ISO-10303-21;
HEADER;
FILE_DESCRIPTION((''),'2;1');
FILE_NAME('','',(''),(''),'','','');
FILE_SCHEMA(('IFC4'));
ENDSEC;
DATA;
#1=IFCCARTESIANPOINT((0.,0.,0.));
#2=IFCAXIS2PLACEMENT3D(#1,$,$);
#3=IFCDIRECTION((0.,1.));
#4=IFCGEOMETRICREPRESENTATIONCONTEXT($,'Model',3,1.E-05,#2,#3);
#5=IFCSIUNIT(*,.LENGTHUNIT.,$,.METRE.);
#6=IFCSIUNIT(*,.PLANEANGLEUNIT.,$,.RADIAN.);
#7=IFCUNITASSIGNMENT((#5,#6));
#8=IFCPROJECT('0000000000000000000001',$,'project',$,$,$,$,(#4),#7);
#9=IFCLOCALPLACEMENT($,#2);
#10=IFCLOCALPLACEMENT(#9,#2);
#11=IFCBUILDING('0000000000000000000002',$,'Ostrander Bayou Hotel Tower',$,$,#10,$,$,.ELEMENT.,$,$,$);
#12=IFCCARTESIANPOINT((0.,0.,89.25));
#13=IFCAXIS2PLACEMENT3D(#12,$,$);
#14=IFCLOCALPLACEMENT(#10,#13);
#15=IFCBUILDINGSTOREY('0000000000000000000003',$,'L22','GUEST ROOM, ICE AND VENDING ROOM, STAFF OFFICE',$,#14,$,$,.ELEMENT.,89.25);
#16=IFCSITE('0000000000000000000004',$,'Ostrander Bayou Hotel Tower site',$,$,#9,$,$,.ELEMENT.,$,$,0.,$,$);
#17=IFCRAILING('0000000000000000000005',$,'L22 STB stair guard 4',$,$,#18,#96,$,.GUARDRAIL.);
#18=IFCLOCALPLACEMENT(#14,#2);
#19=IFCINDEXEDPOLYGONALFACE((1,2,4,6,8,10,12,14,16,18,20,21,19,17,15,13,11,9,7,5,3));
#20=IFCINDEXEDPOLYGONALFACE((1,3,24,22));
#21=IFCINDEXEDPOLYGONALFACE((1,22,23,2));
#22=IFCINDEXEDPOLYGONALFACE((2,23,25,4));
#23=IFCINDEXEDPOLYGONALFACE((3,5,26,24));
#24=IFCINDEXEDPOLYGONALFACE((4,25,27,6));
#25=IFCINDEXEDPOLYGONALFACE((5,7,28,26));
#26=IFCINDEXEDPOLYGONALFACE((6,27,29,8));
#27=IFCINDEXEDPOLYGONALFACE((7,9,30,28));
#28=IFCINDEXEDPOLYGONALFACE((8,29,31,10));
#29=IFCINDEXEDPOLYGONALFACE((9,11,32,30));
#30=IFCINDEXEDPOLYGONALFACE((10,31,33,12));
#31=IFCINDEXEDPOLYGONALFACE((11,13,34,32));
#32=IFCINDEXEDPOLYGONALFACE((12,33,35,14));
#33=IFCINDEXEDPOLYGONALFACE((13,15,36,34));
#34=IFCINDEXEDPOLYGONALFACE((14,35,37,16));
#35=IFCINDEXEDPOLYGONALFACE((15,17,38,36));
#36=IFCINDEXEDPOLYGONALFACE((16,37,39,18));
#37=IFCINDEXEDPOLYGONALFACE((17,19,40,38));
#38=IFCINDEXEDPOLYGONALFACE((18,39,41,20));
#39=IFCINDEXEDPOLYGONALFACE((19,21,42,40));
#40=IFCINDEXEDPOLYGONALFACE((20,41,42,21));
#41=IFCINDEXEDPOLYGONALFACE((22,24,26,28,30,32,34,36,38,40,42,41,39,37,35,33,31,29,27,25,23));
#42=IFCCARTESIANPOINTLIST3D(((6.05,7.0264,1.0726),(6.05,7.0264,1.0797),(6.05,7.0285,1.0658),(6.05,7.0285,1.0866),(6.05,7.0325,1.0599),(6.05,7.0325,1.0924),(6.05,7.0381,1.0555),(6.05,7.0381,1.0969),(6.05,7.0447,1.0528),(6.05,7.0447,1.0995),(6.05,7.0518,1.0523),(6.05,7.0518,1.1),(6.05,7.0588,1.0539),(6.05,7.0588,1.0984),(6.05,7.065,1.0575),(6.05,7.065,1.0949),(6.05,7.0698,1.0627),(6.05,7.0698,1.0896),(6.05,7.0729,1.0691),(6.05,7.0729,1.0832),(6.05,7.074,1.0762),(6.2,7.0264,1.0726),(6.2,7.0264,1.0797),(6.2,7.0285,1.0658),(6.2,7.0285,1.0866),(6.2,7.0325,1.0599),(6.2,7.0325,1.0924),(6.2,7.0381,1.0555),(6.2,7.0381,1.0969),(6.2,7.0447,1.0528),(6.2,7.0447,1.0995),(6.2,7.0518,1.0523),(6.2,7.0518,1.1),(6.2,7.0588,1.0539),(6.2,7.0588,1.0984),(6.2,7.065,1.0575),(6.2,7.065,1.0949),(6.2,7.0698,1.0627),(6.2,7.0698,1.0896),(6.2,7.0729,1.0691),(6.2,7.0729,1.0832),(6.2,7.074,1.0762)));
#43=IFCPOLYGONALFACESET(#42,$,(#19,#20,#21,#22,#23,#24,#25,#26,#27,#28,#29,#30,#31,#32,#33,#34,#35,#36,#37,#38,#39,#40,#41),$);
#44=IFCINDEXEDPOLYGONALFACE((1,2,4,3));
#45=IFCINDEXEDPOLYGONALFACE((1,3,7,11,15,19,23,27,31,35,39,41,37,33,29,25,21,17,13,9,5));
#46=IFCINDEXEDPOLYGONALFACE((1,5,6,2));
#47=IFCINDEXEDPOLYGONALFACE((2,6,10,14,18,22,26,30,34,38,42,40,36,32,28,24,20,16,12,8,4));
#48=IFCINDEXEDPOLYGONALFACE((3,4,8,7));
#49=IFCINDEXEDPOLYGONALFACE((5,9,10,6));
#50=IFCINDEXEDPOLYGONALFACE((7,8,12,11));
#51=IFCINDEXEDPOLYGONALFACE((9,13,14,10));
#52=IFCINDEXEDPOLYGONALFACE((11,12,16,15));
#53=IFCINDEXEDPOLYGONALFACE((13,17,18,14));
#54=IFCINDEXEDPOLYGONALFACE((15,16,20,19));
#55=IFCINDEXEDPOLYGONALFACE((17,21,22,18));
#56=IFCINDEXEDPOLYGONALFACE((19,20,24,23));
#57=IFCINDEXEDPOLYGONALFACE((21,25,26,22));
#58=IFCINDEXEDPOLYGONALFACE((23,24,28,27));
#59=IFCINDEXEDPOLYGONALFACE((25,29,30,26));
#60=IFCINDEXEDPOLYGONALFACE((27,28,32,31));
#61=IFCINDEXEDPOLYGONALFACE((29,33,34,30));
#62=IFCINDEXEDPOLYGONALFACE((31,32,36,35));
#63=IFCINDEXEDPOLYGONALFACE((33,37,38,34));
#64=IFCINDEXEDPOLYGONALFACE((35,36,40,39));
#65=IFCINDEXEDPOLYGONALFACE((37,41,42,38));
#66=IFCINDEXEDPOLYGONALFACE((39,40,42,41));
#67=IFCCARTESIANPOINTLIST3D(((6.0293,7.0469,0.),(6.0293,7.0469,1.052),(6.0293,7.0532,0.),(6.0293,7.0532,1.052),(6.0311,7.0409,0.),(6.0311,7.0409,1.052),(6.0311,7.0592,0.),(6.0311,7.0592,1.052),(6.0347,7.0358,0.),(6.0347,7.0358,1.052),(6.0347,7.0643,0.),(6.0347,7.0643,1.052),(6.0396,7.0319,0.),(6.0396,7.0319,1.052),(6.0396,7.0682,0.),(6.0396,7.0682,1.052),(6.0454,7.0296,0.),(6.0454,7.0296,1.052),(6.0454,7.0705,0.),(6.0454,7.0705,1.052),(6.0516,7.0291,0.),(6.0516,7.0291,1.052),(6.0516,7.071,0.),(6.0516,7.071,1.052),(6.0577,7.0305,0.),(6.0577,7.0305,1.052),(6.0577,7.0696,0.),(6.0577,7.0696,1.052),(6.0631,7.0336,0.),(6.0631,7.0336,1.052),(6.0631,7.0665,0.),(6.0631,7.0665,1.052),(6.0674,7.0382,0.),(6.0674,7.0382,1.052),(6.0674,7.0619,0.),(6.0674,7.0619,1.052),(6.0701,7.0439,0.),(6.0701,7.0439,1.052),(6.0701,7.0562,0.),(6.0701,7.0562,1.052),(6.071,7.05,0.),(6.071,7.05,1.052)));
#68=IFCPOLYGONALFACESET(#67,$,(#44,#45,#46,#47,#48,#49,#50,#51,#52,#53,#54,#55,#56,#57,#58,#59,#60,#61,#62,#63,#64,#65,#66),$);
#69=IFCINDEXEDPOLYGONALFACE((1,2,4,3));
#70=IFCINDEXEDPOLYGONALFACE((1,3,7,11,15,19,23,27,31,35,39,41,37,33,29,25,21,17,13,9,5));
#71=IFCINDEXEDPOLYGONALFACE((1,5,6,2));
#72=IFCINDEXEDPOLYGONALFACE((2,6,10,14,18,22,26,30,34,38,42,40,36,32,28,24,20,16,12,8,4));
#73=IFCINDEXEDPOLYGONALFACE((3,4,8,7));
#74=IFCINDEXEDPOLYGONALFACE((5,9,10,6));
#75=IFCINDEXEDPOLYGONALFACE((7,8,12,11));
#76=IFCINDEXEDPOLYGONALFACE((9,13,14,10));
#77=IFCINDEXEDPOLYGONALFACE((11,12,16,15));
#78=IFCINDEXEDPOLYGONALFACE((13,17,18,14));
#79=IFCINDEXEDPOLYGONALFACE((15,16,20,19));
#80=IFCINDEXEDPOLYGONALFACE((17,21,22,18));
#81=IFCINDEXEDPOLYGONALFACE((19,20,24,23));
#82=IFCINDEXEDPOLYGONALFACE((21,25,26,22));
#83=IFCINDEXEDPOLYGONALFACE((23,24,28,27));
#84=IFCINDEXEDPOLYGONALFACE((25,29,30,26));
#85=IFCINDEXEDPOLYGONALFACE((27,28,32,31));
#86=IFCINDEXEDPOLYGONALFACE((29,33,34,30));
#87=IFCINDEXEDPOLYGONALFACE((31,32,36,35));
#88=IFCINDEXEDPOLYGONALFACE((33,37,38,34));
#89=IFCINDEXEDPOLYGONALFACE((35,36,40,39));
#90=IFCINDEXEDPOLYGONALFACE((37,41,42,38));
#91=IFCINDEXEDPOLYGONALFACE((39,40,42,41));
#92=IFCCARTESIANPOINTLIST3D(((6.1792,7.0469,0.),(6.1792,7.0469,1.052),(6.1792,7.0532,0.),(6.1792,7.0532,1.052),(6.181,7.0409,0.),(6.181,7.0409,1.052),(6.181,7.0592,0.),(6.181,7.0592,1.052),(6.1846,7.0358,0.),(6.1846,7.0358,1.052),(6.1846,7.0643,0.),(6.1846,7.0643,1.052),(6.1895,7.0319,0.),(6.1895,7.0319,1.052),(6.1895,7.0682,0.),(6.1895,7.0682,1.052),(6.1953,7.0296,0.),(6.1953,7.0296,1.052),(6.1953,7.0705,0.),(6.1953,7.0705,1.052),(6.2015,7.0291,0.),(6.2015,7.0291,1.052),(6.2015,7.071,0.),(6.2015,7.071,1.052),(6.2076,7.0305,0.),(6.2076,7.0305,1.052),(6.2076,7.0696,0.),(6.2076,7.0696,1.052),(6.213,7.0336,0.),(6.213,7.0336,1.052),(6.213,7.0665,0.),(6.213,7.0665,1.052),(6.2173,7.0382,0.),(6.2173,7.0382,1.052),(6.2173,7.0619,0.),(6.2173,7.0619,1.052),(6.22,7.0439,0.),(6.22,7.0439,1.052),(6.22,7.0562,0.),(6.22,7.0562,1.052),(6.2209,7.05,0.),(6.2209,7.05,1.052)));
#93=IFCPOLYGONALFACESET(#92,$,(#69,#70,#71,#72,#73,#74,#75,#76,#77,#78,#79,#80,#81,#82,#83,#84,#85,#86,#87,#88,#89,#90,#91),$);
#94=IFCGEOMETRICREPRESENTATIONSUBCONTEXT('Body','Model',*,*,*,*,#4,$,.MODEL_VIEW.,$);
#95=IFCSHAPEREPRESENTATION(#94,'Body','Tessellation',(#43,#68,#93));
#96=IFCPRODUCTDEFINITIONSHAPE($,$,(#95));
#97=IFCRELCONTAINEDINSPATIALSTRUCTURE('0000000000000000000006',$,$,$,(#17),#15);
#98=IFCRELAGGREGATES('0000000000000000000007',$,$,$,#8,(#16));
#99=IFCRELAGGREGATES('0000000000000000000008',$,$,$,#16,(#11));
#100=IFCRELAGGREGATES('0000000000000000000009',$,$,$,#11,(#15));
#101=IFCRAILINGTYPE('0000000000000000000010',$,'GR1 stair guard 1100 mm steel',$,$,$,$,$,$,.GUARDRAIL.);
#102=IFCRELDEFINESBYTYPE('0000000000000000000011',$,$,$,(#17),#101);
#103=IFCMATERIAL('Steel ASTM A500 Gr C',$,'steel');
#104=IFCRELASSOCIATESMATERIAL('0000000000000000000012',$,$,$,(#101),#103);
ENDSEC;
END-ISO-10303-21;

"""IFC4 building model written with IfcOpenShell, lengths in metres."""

from ifc_helpers import new_model, si_unit, direction, frame, origin, origin_2d, place, context, subcontext, project, spatial, circle, extrude, material, type_object, element, save


model = new_model("IFC4")

# Units and contexts
model_context = context("Model", 3, precision=1e-05, world=origin(), true_north=direction((0.0, 1.0)))
body_context = subcontext(model_context, "Body", "Model", "MODEL_VIEW")
ifc_project = project(units=[si_unit("LENGTHUNIT", "METRE"), si_unit("PLANEANGLEUNIT", "RADIAN")], contexts=[model_context])

# Site, building, storey
site_placement = place(None, origin())
site = spatial("IfcSite", under=ifc_project, at=site_placement, Name="Ostrander Bayou Hotel Tower site", CompositionType="ELEMENT", RefElevation=0.0)
building_placement = place(site_placement, origin())
building = spatial("IfcBuilding", under=site, at=building_placement, Name="Ostrander Bayou Hotel Tower", CompositionType="ELEMENT")
storey_placement = place(building_placement, frame((0.0, 0.0, 89.25)))
storey = spatial("IfcBuildingStorey", under=building, at=storey_placement, Name="L22", Description="GUEST ROOM, ICE AND VENDING ROOM, STAFF OFFICE", CompositionType="ELEMENT", Elevation=89.25)

# Railing
ifc_material_1 = material(Name="Steel ASTM A500 Gr C", Category="steel")
railing_type_1 = type_object("IfcRailingType", Name="GR1 stair guard 1100 mm steel", PredefinedType="GUARDRAIL", material=ifc_material_1)
railing_1_placement = place(storey_placement, frame((6.05, 7.05, 0.0)))
element("IfcRailing", 1, at=railing_1_placement, inside=storey, type_object=railing_type_1, Name="L22 STB stair guard 4", PredefinedType="GUARDRAIL", context=body_context, shape_type="SweptSolid", body=[
    extrude(circle(Radius=0.0239, at=origin_2d()), frame((0.0, 0.0, 1.0762), z_axis=(1.0, 0.0, 0.0), x_axis=(0.0, 1.0, 0.0)), (0.0, 0.0, 1.0), 0.1499),
    extrude(circle(Radius=0.021, at=origin_2d()), origin(), (0.0, 0.0, 1.0), 1.052),
    extrude(circle(Radius=0.021, at=origin_2d()), frame((0.1499, 0.0, 0.0)), (0.0, 0.0, 1.0), 1.052),
])

save(model, "model.ifc")
